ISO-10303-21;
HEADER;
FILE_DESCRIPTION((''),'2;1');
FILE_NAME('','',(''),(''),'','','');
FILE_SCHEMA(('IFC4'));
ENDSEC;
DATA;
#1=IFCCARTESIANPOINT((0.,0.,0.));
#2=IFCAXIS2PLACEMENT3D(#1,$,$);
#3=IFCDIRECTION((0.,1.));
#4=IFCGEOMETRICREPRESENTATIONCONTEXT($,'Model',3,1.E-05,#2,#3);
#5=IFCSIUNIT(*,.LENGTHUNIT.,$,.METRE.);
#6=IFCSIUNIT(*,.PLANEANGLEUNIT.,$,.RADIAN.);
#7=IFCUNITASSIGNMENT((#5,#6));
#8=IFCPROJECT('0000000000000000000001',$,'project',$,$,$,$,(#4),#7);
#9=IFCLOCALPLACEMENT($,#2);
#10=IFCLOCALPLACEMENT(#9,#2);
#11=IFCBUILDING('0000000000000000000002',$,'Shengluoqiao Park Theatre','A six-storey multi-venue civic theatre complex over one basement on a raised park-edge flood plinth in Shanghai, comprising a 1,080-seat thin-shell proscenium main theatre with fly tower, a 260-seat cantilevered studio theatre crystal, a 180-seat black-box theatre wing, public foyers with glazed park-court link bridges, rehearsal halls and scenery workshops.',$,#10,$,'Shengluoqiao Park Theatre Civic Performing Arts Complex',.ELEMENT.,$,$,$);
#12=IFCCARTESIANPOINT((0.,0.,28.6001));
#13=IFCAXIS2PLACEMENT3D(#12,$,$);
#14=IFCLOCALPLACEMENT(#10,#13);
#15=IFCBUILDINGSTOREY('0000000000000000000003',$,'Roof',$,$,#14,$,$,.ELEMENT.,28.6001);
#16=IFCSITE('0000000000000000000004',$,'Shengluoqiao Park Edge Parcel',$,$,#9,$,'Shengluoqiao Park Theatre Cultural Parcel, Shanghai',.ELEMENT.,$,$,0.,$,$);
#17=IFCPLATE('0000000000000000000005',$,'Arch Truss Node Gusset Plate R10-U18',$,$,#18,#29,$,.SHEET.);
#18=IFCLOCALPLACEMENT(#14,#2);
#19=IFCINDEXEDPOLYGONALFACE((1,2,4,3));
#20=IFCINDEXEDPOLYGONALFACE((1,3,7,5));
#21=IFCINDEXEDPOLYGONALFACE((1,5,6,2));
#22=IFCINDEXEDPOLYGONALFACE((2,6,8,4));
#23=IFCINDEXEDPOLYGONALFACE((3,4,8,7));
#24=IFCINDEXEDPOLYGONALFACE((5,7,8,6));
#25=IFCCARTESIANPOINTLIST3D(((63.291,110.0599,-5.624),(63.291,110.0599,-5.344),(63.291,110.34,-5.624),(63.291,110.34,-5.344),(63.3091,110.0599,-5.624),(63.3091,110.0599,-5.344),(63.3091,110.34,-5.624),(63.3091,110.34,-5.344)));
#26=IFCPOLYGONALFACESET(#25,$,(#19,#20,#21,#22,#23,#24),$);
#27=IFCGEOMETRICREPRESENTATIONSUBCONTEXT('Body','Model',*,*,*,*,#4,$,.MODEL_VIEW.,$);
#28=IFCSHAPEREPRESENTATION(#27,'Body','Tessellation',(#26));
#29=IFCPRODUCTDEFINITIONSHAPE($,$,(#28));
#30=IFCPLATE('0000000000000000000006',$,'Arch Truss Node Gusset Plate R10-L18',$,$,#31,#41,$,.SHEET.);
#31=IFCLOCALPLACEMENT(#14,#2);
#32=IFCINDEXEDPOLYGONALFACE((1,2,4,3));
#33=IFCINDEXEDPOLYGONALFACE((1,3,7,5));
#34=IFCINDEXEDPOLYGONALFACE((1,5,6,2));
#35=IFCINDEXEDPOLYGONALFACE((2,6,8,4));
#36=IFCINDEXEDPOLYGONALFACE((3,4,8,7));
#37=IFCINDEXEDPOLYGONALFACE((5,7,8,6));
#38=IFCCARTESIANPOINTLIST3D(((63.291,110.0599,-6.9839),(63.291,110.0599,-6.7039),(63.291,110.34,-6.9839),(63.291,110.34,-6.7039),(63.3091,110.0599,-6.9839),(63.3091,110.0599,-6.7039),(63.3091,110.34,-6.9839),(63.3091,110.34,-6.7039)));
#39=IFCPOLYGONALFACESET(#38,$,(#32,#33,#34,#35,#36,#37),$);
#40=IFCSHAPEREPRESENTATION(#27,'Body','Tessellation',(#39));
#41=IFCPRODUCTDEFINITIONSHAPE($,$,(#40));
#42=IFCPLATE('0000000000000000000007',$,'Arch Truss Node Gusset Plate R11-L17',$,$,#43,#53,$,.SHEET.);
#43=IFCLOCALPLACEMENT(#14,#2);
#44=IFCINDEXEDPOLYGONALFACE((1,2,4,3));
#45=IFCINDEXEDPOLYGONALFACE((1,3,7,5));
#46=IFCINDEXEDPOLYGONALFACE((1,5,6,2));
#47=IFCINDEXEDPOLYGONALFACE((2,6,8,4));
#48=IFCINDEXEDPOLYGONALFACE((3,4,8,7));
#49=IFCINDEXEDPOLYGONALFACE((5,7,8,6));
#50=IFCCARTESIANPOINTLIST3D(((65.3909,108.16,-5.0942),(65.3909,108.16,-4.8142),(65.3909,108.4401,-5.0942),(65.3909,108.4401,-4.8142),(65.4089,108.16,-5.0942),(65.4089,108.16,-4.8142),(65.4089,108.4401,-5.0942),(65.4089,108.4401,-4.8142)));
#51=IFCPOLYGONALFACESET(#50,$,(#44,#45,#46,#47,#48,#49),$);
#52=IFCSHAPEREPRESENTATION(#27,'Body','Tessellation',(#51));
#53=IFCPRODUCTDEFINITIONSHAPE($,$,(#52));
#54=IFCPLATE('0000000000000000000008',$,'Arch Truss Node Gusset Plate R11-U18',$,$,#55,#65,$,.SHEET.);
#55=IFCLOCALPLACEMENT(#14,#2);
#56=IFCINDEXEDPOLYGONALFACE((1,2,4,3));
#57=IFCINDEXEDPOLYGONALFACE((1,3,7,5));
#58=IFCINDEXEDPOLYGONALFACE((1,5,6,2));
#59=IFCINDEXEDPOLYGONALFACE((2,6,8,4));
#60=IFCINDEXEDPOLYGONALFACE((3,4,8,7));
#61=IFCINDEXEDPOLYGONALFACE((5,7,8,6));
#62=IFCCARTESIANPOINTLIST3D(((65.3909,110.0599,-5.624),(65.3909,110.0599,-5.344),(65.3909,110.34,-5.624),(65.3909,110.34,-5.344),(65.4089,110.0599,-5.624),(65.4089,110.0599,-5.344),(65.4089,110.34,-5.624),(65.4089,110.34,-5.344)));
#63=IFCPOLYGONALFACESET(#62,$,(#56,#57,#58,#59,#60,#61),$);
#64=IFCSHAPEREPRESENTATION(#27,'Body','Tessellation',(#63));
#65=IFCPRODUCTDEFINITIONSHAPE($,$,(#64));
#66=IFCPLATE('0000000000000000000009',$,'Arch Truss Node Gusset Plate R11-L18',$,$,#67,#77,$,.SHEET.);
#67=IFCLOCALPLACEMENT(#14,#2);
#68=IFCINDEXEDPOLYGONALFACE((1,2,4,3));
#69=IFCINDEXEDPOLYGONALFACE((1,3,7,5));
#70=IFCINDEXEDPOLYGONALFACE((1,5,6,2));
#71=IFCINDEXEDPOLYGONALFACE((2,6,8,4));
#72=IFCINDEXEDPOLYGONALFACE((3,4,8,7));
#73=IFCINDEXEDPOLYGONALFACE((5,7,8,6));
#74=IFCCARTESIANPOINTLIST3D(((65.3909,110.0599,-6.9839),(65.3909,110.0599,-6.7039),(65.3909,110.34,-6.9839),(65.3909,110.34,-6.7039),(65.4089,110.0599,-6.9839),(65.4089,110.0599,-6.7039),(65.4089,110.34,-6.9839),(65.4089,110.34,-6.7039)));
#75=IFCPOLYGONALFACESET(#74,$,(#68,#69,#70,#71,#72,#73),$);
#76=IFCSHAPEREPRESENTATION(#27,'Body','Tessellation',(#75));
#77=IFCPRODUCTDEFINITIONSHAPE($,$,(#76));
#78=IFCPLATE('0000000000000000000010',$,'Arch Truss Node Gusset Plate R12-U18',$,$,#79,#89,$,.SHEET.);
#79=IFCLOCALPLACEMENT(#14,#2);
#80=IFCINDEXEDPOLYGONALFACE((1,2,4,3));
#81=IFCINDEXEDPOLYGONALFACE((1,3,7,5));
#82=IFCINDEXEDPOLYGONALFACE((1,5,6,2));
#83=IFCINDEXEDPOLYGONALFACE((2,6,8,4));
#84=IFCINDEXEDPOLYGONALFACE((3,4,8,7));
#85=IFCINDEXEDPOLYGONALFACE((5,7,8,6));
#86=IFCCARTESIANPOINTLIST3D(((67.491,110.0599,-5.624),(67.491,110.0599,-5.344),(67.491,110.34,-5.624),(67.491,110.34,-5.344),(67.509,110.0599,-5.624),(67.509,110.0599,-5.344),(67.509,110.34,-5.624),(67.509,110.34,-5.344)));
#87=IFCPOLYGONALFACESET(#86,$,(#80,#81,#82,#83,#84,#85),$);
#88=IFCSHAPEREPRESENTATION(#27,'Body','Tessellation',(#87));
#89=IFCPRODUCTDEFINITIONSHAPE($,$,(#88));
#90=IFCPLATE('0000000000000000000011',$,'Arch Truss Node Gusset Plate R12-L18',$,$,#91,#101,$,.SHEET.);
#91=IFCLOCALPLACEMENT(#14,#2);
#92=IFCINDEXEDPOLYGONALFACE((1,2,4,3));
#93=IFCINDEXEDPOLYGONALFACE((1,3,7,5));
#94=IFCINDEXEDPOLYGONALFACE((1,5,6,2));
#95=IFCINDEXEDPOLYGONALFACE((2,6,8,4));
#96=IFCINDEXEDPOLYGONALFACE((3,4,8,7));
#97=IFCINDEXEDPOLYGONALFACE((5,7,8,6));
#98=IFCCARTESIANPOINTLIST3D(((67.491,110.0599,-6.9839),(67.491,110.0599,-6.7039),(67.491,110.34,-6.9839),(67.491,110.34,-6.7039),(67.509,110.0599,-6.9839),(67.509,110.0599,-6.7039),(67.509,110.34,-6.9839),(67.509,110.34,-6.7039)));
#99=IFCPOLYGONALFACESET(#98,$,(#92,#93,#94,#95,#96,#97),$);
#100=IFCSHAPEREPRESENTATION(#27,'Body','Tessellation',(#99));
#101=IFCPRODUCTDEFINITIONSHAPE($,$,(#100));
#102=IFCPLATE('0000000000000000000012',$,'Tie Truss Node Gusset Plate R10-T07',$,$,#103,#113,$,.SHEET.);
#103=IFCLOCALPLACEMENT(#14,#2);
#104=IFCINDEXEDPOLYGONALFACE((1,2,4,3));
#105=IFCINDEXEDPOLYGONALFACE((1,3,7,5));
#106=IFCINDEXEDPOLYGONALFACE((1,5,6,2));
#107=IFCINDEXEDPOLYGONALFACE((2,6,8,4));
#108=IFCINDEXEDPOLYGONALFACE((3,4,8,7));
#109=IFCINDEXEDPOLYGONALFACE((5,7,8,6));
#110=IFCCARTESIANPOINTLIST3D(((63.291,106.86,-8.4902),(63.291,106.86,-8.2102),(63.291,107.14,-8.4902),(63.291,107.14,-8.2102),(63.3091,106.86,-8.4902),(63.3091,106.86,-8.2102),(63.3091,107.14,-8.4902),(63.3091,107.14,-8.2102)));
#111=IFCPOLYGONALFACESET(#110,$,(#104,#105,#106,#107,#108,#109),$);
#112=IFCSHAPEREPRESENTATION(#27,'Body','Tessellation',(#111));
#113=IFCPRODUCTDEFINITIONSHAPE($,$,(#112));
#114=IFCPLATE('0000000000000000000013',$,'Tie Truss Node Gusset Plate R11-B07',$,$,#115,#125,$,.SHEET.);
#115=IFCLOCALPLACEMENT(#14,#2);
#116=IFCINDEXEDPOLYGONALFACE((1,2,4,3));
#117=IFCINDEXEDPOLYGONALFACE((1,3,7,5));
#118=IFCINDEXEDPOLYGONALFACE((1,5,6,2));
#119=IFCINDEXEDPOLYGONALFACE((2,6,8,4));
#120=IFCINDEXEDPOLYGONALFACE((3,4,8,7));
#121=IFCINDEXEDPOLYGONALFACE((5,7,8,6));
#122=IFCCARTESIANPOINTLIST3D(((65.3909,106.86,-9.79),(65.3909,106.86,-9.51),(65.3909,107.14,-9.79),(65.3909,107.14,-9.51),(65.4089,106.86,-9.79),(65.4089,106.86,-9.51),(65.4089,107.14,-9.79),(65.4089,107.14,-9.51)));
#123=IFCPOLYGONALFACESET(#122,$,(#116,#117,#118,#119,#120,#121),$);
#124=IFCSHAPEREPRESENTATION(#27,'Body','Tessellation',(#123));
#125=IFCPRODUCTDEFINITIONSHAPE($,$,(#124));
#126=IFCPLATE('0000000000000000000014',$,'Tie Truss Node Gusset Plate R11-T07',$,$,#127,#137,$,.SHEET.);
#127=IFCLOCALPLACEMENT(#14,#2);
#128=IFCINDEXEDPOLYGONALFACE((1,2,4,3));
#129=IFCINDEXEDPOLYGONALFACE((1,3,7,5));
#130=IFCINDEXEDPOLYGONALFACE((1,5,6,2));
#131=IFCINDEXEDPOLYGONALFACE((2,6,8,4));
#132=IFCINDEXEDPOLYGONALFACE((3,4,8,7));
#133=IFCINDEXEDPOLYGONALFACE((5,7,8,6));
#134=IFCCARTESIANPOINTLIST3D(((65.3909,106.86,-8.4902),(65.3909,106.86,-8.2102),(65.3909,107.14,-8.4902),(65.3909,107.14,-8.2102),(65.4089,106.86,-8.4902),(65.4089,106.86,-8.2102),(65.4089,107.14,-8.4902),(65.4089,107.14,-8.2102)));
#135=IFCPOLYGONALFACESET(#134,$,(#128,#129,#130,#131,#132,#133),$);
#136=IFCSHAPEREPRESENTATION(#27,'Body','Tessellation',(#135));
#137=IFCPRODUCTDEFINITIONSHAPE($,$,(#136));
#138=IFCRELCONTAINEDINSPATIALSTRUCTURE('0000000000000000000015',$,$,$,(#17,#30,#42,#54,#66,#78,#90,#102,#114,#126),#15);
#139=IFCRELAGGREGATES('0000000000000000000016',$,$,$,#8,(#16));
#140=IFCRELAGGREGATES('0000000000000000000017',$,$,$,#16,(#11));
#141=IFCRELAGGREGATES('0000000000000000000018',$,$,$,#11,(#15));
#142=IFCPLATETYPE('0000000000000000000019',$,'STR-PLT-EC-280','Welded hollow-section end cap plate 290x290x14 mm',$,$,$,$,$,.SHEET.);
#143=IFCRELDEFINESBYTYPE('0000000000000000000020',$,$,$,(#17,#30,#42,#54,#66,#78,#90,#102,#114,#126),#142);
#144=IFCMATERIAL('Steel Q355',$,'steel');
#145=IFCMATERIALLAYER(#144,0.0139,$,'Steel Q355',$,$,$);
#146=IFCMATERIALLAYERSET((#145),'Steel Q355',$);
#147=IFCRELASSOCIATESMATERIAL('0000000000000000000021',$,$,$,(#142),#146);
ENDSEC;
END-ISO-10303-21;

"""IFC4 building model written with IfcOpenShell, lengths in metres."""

from ifc_helpers import new_model, si_unit, direction, frame, origin, origin_2d, place, context, subcontext, project, spatial, rectangle, extrude, material, layer, layer_set, type_object, element, save


model = new_model("IFC4")

# Units and contexts
model_context = context("Model", 3, precision=1e-05, world=origin(), true_north=direction((0.0, 1.0)))
body_context = subcontext(model_context, "Body", "Model", "MODEL_VIEW")
ifc_project = project(units=[si_unit("LENGTHUNIT", "METRE"), si_unit("PLANEANGLEUNIT", "RADIAN")], contexts=[model_context])

# Site, building, storey
site_placement = place(None, origin())
site = spatial("IfcSite", under=ifc_project, at=site_placement, Name="Shengluoqiao Park Edge Parcel", LongName="Shengluoqiao Park Theatre Cultural Parcel, Shanghai", CompositionType="ELEMENT", RefElevation=0.0)
building_placement = place(site_placement, origin())
building = spatial("IfcBuilding", under=site, at=building_placement, Name="Shengluoqiao Park Theatre", Description="A six-storey multi-venue civic theatre complex over one basement on a raised park-edge flood plinth in Shanghai, comprising a 1,080-seat thin-shell proscenium main theatre with fly tower, a 260-seat cantilevered studio theatre crystal, a 180-seat black-box theatre wing, public foyers with glazed park-court link bridges, rehearsal halls and scenery workshops.", LongName="Shengluoqiao Park Theatre Civic Performing Arts Complex", CompositionType="ELEMENT")
storey_placement = place(building_placement, frame((0.0, 0.0, 28.6001)))
storey = spatial("IfcBuildingStorey", under=building, at=storey_placement, Name="Roof", CompositionType="ELEMENT", Elevation=28.6001)

# Shared definitions
ifc_material_1 = material(Name="Steel Q355", Category="steel")

# Plates
ifc_layer = layer(ifc_material_1, 0.0139, Name="Steel Q355")
ifc_layer_set = layer_set([ifc_layer], Name="Steel Q355")
plate_type = type_object("IfcPlateType", Name="STR-PLT-EC-280", Description="Welded hollow-section end cap plate 290x290x14 mm", PredefinedType="SHEET", material=ifc_layer_set)
for number, where, z_axis, x_axis, name in (
    (1, (63.3, 110.2, -5.624), (0.0, 0.0, 1.0), (1.0, 0.0, 0.0), "Arch Truss Node Gusset Plate R10-U18"),
    (2, (63.3, 110.2, -6.9839), (0.0, 0.0, 1.0), (1.0, 0.0, 0.0), "Arch Truss Node Gusset Plate R10-L18"),
    (3, (65.3999, 108.3, -5.0942), (0.0, 0.0, 1.0), (1.0, 0.0, 0.0), "Arch Truss Node Gusset Plate R11-L17"),
    (4, (65.3999, 110.2, -5.624), (0.0, 0.0, 1.0), (1.0, 0.0, 0.0), "Arch Truss Node Gusset Plate R11-U18"),
    (5, (65.3999, 110.2, -6.9839), (0.0, 0.0, 1.0), (1.0, 0.0, 0.0), "Arch Truss Node Gusset Plate R11-L18"),
    (6, (67.5, 110.2, -5.624), (0.0, 0.0, 1.0), (1.0, 0.0, 0.0), "Arch Truss Node Gusset Plate R12-U18"),
    (7, (67.5, 110.2, -6.9839), (0.0, 0.0, 1.0), (1.0, 0.0, 0.0), "Arch Truss Node Gusset Plate R12-L18"),
    (8, (63.3, 107.0, -8.4902), (0.0, 0.0, 1.0), (1.0, 0.0, 0.0), "Tie Truss Node Gusset Plate R10-T07"),
    (9, (65.3999, 107.0, -9.79), (0.0, 0.0, 1.0), (1.0, 0.0, 0.0), "Tie Truss Node Gusset Plate R11-B07"),
    (10, (65.3999, 107.0, -8.4902), (0.0, 0.0, 1.0), (1.0, 0.0, 0.0), "Tie Truss Node Gusset Plate R11-T07"),
):
    element("IfcPlate", number, at=place(storey_placement, frame(where, z_axis=z_axis, x_axis=x_axis)), inside=storey, type_object=plate_type, Name=name, PredefinedType="SHEET", context=body_context, shape_type="SweptSolid", body=[
        extrude(rectangle(XDim=0.0181, YDim=0.28, at=origin_2d()), origin(), (0.0, 0.0, 1.0), 0.28),
    ])

save(model, "model.ifc")
